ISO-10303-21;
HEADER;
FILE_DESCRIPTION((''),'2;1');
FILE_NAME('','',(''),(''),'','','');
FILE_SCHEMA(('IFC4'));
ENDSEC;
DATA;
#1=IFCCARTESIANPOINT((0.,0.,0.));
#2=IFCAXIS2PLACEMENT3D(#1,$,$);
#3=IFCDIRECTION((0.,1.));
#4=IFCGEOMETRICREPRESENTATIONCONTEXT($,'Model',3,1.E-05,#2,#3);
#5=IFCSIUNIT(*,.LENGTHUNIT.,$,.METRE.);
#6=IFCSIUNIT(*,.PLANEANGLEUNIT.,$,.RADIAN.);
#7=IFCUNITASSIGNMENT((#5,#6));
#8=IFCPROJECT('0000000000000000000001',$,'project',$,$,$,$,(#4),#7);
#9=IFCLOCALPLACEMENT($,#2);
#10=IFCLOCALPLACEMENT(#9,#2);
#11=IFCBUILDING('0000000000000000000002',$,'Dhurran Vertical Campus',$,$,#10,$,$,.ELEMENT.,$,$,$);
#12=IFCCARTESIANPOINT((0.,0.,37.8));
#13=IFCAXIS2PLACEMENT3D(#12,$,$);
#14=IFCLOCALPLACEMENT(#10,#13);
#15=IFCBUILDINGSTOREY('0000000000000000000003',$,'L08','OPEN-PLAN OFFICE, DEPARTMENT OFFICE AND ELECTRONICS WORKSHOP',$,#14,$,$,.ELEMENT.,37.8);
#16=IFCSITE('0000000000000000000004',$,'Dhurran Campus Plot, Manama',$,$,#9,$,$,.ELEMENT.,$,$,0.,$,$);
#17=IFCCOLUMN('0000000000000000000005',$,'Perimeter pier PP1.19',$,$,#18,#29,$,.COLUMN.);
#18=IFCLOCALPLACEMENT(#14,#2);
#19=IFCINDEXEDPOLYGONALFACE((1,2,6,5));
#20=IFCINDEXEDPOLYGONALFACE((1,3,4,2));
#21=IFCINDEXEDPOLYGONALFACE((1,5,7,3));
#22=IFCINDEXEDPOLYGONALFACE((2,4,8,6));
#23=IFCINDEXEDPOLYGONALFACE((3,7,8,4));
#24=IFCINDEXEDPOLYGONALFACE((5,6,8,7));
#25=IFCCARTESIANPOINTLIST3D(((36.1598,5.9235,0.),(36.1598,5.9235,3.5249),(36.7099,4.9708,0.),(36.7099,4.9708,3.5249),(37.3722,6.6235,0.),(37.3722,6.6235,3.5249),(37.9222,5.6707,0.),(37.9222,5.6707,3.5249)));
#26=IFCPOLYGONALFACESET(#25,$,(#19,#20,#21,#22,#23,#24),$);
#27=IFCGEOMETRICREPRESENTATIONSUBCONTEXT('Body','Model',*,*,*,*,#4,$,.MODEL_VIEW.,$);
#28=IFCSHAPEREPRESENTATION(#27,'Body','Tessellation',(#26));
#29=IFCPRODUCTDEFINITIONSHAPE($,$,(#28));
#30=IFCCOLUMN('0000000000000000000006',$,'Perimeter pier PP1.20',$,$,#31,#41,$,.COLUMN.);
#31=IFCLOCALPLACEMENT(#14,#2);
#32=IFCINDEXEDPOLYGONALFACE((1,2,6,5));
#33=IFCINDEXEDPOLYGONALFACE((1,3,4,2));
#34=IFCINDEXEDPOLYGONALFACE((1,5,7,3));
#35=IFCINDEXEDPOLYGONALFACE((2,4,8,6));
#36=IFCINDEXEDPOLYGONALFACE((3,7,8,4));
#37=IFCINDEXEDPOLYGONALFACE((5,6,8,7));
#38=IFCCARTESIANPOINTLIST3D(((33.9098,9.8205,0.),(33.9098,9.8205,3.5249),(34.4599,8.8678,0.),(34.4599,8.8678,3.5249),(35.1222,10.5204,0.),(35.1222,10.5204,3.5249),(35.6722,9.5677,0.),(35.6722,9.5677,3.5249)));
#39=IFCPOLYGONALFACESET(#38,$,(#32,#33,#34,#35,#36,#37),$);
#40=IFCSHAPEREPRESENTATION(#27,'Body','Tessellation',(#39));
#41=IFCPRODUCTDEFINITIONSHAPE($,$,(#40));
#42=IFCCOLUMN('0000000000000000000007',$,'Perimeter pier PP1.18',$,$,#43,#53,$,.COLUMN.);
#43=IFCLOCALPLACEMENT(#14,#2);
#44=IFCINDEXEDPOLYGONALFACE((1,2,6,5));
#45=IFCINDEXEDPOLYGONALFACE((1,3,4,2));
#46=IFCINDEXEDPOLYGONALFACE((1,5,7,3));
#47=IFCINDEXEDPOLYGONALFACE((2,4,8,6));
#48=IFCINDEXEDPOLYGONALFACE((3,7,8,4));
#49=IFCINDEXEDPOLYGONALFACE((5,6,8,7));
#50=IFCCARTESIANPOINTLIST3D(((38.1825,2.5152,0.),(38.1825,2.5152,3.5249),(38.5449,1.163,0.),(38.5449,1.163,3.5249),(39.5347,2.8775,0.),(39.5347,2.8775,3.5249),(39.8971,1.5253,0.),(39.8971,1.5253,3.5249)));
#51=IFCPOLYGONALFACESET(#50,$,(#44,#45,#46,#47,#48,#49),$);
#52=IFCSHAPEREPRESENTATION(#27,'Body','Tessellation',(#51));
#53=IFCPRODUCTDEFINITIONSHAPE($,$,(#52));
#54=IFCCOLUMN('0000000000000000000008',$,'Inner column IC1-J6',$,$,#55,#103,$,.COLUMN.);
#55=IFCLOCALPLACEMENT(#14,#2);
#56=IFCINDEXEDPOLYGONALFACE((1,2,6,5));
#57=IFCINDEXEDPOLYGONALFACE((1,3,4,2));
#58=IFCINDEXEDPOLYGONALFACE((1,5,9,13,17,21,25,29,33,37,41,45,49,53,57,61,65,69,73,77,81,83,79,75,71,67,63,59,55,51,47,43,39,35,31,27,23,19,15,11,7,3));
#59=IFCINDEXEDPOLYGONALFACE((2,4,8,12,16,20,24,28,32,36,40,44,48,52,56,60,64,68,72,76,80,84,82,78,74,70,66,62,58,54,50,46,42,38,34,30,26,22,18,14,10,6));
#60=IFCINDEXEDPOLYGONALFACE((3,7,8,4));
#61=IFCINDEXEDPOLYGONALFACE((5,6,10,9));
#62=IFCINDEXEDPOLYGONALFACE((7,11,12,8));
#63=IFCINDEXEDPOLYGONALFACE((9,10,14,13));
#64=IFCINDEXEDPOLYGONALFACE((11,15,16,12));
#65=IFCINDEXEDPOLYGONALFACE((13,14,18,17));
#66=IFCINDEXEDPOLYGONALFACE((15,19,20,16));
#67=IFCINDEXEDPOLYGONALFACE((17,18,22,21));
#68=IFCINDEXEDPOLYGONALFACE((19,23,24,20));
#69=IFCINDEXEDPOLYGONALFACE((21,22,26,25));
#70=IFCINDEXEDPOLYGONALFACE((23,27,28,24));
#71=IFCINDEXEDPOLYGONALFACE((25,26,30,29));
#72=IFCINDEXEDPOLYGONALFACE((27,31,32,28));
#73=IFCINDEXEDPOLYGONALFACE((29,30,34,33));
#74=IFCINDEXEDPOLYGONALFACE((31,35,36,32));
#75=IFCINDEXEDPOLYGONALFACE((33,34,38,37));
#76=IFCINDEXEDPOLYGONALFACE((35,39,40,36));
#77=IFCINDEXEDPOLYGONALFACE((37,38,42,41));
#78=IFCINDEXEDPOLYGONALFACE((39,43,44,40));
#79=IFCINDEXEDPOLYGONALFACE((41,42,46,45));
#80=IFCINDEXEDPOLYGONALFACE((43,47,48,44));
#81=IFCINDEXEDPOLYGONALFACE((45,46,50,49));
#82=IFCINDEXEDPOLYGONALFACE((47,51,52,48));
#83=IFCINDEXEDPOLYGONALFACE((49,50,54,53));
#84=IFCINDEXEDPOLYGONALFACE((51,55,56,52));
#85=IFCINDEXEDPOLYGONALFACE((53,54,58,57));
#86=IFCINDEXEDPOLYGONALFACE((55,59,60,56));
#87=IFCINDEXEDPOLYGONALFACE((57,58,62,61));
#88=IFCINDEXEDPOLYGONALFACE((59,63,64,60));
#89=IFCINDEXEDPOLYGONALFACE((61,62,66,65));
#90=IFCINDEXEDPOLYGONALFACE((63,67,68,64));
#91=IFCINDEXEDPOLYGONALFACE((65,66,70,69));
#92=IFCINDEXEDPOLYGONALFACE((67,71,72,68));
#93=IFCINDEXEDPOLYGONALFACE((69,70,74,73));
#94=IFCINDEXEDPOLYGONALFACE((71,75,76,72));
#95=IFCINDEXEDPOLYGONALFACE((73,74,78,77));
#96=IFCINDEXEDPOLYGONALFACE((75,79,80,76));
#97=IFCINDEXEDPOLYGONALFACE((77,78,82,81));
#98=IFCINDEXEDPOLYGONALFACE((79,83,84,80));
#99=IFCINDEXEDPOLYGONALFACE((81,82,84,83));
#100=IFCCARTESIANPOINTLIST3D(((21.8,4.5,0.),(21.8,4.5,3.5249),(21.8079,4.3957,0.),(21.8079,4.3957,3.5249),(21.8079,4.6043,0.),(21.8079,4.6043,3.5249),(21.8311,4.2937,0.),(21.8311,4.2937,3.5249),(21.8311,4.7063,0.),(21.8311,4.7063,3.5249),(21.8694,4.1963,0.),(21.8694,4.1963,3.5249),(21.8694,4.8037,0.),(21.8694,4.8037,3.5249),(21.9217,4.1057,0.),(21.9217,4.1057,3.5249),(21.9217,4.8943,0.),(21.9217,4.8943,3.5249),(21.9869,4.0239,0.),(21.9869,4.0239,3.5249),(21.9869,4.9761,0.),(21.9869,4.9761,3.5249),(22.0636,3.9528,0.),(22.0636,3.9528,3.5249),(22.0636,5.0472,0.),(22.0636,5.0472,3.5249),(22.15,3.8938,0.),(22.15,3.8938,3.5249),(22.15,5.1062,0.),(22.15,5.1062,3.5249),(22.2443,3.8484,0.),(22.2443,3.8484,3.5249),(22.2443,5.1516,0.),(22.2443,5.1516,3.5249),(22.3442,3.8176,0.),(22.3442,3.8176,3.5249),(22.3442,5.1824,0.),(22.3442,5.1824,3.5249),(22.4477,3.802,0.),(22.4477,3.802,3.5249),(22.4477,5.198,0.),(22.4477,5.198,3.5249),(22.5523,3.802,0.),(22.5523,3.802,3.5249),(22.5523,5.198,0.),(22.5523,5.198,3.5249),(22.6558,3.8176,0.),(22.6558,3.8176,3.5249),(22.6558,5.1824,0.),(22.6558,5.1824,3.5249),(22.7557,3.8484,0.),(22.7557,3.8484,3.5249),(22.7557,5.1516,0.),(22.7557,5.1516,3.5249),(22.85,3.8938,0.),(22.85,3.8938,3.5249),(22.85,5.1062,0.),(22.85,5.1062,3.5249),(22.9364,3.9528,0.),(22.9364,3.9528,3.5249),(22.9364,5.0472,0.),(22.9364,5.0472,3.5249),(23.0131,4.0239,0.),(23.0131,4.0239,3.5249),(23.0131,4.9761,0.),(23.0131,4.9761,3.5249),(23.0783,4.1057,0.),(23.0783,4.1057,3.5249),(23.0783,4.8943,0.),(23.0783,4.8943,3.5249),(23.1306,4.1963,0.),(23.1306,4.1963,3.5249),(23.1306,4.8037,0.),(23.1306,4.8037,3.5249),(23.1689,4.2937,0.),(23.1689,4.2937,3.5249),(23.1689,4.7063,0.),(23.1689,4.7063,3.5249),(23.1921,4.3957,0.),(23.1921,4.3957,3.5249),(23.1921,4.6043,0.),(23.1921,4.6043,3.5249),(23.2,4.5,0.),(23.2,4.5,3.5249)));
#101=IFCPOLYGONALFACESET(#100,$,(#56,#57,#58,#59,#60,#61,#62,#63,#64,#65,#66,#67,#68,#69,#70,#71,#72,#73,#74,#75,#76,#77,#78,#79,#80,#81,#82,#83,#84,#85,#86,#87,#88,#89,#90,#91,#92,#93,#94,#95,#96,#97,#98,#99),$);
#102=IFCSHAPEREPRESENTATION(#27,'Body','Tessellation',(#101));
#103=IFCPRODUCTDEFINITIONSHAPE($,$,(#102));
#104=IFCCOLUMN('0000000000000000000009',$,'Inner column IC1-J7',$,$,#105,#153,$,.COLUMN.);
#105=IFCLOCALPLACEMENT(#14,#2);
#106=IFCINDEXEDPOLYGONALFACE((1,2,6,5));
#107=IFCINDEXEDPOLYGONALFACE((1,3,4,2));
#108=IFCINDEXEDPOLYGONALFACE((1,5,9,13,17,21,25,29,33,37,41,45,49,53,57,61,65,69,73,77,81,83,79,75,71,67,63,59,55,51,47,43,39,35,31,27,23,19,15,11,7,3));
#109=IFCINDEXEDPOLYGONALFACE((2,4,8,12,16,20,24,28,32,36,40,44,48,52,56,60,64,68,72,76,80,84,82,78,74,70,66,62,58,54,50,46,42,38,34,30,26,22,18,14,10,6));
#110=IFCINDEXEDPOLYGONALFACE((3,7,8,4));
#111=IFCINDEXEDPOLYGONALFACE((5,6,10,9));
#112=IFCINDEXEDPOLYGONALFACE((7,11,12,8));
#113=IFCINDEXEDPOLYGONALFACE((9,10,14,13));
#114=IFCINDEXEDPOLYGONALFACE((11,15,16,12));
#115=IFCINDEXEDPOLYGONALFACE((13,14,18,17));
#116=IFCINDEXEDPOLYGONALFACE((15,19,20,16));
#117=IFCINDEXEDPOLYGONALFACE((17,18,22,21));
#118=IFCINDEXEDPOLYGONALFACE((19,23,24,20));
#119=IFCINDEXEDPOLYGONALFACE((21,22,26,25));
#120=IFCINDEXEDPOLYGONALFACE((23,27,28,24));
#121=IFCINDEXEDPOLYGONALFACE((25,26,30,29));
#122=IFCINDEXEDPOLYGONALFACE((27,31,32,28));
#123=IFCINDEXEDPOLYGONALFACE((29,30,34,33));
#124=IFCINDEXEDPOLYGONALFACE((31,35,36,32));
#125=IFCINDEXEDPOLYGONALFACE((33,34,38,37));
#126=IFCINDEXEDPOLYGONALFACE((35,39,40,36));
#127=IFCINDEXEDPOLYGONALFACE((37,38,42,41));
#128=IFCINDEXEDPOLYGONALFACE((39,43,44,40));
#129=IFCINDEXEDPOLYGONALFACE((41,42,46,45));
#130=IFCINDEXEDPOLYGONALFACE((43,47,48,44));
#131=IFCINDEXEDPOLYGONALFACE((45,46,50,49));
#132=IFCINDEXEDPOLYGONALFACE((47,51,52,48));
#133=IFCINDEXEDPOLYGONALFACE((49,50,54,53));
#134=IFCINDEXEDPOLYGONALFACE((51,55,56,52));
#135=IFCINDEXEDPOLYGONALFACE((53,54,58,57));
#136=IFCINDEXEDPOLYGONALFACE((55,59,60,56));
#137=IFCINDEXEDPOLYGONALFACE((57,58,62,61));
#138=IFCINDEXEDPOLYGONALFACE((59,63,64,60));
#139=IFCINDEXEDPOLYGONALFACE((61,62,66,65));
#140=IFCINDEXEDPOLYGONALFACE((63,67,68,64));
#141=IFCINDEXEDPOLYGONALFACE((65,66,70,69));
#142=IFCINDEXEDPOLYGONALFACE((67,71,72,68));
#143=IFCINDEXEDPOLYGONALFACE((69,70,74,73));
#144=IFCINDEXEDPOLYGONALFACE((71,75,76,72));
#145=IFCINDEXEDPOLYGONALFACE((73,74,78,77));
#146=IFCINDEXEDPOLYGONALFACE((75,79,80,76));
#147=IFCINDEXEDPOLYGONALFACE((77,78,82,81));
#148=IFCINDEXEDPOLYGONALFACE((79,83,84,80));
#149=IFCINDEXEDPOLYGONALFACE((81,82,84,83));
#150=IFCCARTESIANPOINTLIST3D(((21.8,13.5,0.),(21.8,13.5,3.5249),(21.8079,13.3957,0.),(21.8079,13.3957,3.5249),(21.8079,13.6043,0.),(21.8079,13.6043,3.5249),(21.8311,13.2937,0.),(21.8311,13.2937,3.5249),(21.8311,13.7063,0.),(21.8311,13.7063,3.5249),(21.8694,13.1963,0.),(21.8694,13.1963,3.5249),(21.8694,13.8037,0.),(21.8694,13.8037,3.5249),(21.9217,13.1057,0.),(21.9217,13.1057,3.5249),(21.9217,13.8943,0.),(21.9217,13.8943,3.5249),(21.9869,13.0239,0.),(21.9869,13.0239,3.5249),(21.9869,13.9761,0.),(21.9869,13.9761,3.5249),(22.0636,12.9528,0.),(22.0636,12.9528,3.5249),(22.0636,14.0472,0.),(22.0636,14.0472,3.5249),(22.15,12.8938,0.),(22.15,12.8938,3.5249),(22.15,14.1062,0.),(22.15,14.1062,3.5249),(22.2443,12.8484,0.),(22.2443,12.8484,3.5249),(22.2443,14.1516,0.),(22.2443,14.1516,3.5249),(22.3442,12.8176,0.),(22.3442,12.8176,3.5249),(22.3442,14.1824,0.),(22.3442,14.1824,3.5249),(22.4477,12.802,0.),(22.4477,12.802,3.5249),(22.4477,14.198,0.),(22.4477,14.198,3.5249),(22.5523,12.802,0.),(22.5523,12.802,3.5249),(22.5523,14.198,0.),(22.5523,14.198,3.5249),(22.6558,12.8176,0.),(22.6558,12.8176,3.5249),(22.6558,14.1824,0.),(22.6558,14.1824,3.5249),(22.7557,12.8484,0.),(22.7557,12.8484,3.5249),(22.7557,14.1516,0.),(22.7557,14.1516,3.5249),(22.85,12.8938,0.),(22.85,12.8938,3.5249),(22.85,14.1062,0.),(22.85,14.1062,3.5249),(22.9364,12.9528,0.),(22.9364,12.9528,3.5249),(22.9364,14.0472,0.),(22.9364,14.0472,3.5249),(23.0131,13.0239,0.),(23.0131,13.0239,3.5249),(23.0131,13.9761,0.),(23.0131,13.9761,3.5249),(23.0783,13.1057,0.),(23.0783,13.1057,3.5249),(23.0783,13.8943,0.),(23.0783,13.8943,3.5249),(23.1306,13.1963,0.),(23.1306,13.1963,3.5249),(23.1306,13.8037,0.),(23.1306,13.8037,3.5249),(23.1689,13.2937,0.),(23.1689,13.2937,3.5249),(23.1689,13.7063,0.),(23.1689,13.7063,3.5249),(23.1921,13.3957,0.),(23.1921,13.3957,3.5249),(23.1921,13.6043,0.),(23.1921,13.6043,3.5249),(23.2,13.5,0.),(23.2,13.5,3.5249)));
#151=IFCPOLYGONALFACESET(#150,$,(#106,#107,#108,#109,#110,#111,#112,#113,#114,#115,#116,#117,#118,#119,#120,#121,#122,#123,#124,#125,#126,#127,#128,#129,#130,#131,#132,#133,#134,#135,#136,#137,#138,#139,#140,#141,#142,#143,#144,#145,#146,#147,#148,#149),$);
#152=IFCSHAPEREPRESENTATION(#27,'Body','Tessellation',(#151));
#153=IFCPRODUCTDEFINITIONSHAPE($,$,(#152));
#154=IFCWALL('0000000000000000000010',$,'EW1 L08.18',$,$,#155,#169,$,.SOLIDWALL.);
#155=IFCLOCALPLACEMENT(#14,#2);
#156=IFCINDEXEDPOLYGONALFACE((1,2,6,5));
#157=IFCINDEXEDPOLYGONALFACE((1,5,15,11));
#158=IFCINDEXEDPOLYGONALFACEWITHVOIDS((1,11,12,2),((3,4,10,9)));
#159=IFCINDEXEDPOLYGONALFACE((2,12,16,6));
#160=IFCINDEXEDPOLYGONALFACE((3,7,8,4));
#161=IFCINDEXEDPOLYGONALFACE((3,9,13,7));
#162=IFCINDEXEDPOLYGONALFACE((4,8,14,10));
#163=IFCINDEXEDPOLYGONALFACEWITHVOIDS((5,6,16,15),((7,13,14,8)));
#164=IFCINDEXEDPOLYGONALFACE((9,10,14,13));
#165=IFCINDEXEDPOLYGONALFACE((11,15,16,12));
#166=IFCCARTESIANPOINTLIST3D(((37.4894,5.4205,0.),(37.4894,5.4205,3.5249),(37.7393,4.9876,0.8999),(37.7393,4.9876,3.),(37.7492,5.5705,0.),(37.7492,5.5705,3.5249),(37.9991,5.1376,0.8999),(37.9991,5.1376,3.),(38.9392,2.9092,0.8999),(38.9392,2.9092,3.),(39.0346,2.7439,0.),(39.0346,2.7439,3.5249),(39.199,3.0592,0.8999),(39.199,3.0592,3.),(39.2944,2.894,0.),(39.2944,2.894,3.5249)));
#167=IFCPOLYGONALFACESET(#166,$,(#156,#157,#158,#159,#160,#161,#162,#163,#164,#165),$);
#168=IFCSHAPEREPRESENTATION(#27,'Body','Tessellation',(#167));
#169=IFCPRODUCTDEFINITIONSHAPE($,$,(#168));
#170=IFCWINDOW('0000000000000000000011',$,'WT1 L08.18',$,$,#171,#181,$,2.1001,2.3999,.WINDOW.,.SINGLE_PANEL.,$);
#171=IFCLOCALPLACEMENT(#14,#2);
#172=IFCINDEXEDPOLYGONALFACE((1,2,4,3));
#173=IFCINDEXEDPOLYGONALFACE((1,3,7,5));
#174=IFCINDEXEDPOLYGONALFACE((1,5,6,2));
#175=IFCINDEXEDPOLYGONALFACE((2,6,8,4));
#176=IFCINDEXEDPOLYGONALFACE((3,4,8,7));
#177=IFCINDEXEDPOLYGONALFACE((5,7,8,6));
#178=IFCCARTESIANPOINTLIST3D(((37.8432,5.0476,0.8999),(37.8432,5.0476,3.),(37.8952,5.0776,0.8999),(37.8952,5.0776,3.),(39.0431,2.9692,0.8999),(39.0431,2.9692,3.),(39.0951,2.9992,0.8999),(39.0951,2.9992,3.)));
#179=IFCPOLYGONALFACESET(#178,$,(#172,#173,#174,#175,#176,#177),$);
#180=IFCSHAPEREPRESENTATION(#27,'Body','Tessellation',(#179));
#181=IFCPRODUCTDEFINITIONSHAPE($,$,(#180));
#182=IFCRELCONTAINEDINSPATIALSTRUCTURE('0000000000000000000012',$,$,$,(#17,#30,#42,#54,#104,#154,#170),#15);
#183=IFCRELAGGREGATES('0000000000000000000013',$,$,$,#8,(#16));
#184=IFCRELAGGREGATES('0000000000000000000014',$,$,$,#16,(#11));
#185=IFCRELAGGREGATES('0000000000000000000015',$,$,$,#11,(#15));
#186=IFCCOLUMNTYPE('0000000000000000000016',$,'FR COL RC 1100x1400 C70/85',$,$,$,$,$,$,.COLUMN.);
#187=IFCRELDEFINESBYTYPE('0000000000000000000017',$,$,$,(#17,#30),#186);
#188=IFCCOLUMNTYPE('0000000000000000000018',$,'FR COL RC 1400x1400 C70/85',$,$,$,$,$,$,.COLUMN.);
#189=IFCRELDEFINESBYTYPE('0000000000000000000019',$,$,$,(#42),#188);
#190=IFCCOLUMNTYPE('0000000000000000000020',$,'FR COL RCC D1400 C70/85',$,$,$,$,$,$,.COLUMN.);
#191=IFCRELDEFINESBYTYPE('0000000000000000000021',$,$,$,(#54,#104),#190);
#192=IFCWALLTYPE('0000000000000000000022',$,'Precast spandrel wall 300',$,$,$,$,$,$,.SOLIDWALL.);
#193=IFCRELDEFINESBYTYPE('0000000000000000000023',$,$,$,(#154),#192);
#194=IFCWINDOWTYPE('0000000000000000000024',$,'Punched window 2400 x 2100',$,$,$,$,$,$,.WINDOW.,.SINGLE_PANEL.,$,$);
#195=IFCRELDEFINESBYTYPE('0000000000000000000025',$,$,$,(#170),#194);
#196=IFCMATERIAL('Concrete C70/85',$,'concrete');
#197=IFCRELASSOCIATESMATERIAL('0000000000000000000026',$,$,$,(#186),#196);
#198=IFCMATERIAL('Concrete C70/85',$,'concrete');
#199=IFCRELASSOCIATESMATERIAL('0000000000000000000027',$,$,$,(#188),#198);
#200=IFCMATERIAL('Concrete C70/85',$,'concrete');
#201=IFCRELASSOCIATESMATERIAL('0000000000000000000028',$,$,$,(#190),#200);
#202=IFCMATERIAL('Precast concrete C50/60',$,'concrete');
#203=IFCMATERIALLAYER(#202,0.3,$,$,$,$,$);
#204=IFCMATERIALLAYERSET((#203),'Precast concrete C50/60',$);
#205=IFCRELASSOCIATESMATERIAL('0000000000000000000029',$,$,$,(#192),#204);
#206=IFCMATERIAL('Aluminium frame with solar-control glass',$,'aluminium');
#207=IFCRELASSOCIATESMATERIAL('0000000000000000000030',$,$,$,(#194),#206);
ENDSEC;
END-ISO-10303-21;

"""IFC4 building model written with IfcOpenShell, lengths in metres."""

from ifc_helpers import new_model, si_unit, direction, frame, frame_2d, origin, origin_2d, place, context, subcontext, project, spatial, rectangle, circle, extrude, material, layer, layer_set, material_profile, profile_set, type_object, element, fill, save


model = new_model("IFC4")

# Units and contexts
model_context = context("Model", 3, precision=1e-05, world=origin(), true_north=direction((0.0, 1.0)))
body_context = subcontext(model_context, "Body", "Model", "MODEL_VIEW")
ifc_project = project(units=[si_unit("LENGTHUNIT", "METRE"), si_unit("PLANEANGLEUNIT", "RADIAN")], contexts=[model_context])

# Site, building, storey
site_placement = place(None, origin())
site = spatial("IfcSite", under=ifc_project, at=site_placement, Name="Dhurran Campus Plot, Manama", CompositionType="ELEMENT", RefElevation=0.0)
building_placement = place(site_placement, origin())
building = spatial("IfcBuilding", under=site, at=building_placement, Name="Dhurran Vertical Campus", CompositionType="ELEMENT")
storey_placement = place(building_placement, frame((0.0, 0.0, 37.8)))
storey = spatial("IfcBuildingStorey", under=building, at=storey_placement, Name="L08", Description="OPEN-PLAN OFFICE, DEPARTMENT OFFICE AND ELECTRONICS WORKSHOP", CompositionType="ELEMENT", Elevation=37.8)

# Columns
ifc_material_1 = material(Name="Concrete C70/85", Category="concrete")
ifc_material_profile_1 = material_profile(ifc_material_1, rectangle(XDim=1.1001, YDim=1.3999, at=origin_2d()), Name="RC 1100x1400")
ifc_profile_set_1 = profile_set([ifc_material_profile_1], Name="Concrete C70/85")
column_type_1 = type_object("IfcColumnType", Name="FR COL RC 1100x1400 C70/85", PredefinedType="COLUMN", material=ifc_profile_set_1)
for number, where, z_axis, x_axis, name in (
    (1, (37.041, 5.7971, 0.0), (0.0, 0.0, 1.0), (-0.5, 0.866025, 0.0), "Perimeter pier PP1.19"),
    (2, (34.791, 9.6941, 0.0), (0.0, 0.0, 1.0), (-0.5, 0.866025, 0.0), "Perimeter pier PP1.20"),
):
    element("IfcColumn", number, at=place(storey_placement, frame(where, z_axis=z_axis, x_axis=x_axis)), inside=storey, type_object=column_type_1, Name=name, PredefinedType="COLUMN", context=body_context, shape_type="SweptSolid", body=[
        extrude(rectangle(XDim=1.1001, YDim=1.3999, at=origin_2d()), origin(), (0.0, 0.0, 1.0), 3.5249),
    ])
ifc_material_2 = material(Name="Concrete C70/85", Category="concrete")
ifc_material_profile_2 = material_profile(ifc_material_2, rectangle(XDim=1.3999, YDim=1.3999, at=origin_2d()), Name="RC 1400x1400")
ifc_profile_set_2 = profile_set([ifc_material_profile_2], Name="Concrete C70/85")
column_type_2 = type_object("IfcColumnType", Name="FR COL RC 1400x1400 C70/85", PredefinedType="COLUMN", material=ifc_profile_set_2)
column_placement = place(storey_placement, frame((39.0398, 2.0203, 0.0), z_axis=(0.0, 0.0, 1.0), x_axis=(-0.258819, 0.965926, 0.0)))
element("IfcColumn", 3, at=column_placement, inside=storey, type_object=column_type_2, Name="Perimeter pier PP1.18", PredefinedType="COLUMN", context=body_context, shape_type="SweptSolid", body=[
    extrude(rectangle(XDim=1.3999, YDim=1.3999, at=origin_2d()), origin(), (0.0, 0.0, 1.0), 3.5249),
])
ifc_material_3 = material(Name="Concrete C70/85", Category="concrete")
ifc_material_profile_3 = material_profile(ifc_material_3, circle(Radius=0.7, at=origin_2d()), Name="RCC D1400")
ifc_profile_set_3 = profile_set([ifc_material_profile_3], Name="Concrete C70/85")
column_type_3 = type_object("IfcColumnType", Name="FR COL RCC D1400 C70/85", PredefinedType="COLUMN", material=ifc_profile_set_3)
for number, where, z_axis, x_axis, name in (
    (4, (22.5, 4.5, 0.0), (0.0, 0.0, 1.0), (1.0, 0.0, 0.0), "Inner column IC1-J6"),
    (5, (22.5, 13.5, 0.0), (0.0, 0.0, 1.0), (1.0, 0.0, 0.0), "Inner column IC1-J7"),
):
    element("IfcColumn", number, at=place(storey_placement, frame(where, z_axis=z_axis, x_axis=x_axis)), inside=storey, type_object=column_type_3, Name=name, PredefinedType="COLUMN", context=body_context, shape_type="SweptSolid", body=[
        extrude(circle(Radius=0.7, at=origin_2d()), origin(), (0.0, 0.0, 1.0), 3.5249),
    ])

# Wall, opening, window
ifc_material_4 = material(Name="Precast concrete C50/60", Category="concrete")
ifc_layer_1 = layer(ifc_material_4, 0.3)
ifc_layer_set_1 = layer_set([ifc_layer_1], Name="Precast concrete C50/60")
wall_type_1 = type_object("IfcWallType", Name="Precast spandrel wall 300", PredefinedType="SOLIDWALL", material=ifc_layer_set_1)
wall_1_placement = place(storey_placement, frame((39.1646, 2.8188, 0.0), z_axis=(0.0, 0.0, 1.0), x_axis=(-0.499971, 0.866042, 0.0)))
wall_1 = element("IfcWall", 6, at=wall_1_placement, inside=storey, type_object=wall_type_1, Name="EW1 L08.18", PredefinedType="SOLIDWALL", context=body_context, shape_type="SweptSolid", body=[
    extrude(rectangle(XDim=3.0906, YDim=0.3, at=frame_2d((1.5454, 0.0))), origin(), (0.0, 0.0, 1.0), 3.5249),
])
opening_1_placement = place(wall_1_placement, frame((0.1909, 0.0, 0.8999)))
opening_1 = element("IfcOpeningElement", 7, at=opening_1_placement, cuts=wall_1, PredefinedType="OPENING", context=body_context, shape_type="SweptSolid", body=[
    extrude(rectangle(XDim=2.3999, YDim=2.1001, at=frame_2d((1.2, 1.05))), frame((0.0, 0.1599, 0.0), z_axis=(0.0, -1.0, 0.0), x_axis=(1.0, 0.0, 0.0)), (0.0, 0.0, 1.0), 0.3201),
])
ifc_material_5 = material(Name="Aluminium frame with solar-control glass", Category="aluminium")
window_type = type_object("IfcWindowType", Name="Punched window 2400 x 2100", PartitioningType="SINGLE_PANEL", PredefinedType="WINDOW", material=ifc_material_5)
window_1_placement = place(opening_1_placement, origin())
window_1 = element("IfcWindow", 8, at=window_1_placement, inside=storey, type_object=window_type, Name="WT1 L08.18", OverallHeight=2.1001, OverallWidth=2.3999, PartitioningType="SINGLE_PANEL", PredefinedType="WINDOW", context=body_context, shape_type="SweptSolid", body=[
    extrude(rectangle(XDim=2.3999, YDim=2.1001, at=frame_2d((1.2, 1.05))), frame((0.0, 0.03, 0.0), z_axis=(0.0, -1.0, 0.0), x_axis=(1.0, 0.0, 0.0)), (0.0, 0.0, 1.0), 0.0601),
])
fill(opening_1, window_1)

save(model, "model.ifc")
